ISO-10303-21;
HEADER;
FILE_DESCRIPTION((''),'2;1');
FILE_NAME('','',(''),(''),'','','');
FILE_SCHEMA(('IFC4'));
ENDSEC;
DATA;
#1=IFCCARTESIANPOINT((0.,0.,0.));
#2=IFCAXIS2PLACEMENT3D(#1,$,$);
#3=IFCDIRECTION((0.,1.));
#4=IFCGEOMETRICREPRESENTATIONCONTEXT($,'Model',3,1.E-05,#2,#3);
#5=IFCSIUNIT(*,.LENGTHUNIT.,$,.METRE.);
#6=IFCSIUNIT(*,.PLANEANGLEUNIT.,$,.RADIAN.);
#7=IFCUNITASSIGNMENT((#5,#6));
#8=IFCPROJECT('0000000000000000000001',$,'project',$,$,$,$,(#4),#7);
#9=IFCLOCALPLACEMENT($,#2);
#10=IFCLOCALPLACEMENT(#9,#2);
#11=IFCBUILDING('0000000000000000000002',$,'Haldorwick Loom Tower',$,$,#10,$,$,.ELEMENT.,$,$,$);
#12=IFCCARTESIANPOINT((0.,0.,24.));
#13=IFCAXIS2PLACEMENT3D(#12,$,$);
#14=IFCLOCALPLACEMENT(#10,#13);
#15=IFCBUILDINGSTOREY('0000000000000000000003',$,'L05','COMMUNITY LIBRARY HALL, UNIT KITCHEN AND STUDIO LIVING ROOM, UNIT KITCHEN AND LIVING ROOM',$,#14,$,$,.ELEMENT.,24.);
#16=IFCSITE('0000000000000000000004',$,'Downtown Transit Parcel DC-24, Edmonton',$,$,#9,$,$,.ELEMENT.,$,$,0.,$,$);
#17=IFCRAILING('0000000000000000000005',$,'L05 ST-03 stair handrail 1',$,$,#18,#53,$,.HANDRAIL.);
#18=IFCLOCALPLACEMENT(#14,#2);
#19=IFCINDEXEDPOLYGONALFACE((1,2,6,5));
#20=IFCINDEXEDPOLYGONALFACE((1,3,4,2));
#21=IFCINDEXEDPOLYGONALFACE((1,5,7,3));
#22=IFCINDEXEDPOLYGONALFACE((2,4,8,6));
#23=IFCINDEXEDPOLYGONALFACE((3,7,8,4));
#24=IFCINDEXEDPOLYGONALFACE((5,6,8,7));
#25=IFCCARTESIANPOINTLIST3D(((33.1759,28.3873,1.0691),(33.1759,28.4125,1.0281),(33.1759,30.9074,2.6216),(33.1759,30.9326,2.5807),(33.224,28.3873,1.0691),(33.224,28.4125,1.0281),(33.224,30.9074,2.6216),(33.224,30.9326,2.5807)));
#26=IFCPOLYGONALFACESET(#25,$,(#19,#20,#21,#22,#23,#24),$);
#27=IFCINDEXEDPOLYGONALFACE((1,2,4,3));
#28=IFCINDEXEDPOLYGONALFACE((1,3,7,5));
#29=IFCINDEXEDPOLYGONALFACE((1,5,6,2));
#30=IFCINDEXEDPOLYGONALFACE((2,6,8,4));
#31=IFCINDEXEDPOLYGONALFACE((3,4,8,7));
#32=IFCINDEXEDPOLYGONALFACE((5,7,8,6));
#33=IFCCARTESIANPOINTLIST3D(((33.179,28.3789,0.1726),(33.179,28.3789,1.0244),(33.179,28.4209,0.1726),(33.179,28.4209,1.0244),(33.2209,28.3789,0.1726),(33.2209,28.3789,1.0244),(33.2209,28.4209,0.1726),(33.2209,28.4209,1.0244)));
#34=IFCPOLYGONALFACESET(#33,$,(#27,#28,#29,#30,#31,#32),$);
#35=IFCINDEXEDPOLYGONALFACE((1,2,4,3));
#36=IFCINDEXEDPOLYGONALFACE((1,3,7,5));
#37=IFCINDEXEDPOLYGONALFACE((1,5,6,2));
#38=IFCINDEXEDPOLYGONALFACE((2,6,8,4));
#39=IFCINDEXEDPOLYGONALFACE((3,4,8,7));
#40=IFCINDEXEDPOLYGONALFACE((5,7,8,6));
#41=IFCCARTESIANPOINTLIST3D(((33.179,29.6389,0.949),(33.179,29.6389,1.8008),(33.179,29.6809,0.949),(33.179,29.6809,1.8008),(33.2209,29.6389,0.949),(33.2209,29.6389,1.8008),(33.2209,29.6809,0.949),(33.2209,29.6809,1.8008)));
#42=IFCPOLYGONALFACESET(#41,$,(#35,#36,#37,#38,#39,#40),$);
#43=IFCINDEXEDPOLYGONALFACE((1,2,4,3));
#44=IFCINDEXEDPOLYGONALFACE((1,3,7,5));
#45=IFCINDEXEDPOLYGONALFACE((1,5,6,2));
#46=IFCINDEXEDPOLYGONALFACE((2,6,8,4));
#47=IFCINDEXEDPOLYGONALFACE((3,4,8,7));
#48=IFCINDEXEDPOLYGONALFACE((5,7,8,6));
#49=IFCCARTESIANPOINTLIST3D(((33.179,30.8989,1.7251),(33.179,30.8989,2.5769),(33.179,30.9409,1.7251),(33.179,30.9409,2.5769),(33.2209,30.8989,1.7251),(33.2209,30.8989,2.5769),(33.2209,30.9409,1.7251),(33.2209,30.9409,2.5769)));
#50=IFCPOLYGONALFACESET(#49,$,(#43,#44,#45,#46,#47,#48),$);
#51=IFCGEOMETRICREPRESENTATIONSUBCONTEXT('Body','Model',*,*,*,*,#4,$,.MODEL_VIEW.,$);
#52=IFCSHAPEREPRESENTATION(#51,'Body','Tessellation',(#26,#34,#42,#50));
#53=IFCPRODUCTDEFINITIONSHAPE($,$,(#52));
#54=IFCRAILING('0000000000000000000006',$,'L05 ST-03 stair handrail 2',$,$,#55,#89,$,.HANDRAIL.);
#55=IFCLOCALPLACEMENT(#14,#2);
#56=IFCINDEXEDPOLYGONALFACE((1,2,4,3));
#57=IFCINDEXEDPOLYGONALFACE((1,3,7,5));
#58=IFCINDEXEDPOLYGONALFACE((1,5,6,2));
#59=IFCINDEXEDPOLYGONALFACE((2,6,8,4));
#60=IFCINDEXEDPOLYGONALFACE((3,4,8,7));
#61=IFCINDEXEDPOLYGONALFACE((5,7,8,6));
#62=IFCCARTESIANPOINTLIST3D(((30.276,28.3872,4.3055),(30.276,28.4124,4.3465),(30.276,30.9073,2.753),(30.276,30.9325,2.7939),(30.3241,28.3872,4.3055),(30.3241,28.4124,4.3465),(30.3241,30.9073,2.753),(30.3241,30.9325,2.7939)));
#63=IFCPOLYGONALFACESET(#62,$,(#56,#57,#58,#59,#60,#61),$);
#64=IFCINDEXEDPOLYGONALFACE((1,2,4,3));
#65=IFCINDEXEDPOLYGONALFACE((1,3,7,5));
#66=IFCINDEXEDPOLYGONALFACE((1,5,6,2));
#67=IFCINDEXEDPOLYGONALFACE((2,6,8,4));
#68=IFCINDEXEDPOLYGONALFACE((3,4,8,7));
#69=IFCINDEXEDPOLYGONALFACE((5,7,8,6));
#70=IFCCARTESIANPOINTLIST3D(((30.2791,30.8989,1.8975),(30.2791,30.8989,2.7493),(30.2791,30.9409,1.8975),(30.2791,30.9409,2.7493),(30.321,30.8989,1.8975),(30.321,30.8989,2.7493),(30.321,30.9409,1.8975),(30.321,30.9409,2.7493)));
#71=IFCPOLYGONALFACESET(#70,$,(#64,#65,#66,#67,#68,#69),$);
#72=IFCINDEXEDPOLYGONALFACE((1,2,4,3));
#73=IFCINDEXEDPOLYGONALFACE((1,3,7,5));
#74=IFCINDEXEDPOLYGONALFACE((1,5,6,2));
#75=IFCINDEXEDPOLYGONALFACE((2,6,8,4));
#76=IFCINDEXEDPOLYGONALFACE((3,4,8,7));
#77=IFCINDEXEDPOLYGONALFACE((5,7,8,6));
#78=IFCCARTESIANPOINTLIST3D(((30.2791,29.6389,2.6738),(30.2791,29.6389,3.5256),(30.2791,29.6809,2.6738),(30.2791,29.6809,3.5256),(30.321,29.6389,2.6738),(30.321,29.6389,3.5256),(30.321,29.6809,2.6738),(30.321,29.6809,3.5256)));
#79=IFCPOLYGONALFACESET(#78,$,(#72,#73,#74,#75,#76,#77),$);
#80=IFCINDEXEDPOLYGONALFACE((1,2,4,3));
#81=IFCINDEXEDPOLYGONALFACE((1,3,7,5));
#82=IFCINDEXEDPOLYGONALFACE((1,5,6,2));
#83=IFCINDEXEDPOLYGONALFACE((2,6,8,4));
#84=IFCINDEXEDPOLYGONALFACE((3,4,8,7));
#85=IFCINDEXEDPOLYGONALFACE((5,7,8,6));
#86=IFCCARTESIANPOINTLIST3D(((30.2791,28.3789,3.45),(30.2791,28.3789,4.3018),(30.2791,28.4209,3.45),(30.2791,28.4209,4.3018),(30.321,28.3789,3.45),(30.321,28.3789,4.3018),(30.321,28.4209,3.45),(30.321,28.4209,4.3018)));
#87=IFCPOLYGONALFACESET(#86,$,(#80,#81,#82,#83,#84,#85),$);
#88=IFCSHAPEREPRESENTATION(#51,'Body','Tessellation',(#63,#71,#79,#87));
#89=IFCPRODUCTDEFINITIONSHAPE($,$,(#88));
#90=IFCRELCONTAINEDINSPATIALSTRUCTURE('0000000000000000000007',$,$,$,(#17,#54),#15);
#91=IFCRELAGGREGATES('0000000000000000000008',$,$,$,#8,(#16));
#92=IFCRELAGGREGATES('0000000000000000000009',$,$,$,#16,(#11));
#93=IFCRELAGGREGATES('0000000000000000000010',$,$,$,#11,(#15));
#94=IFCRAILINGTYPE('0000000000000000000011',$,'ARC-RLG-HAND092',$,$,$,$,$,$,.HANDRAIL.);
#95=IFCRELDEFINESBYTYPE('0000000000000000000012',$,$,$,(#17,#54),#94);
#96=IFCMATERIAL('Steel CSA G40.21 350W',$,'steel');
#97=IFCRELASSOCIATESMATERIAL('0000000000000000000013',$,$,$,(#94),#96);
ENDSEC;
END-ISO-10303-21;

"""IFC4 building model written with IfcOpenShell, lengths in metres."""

from ifc_helpers import new_model, si_unit, direction, frame, origin, origin_2d, place, context, subcontext, project, spatial, rectangle, extrude, material, type_object, element, save


model = new_model("IFC4")

# Units and contexts
model_context = context("Model", 3, precision=1e-05, world=origin(), true_north=direction((0.0, 1.0)))
body_context = subcontext(model_context, "Body", "Model", "MODEL_VIEW")
ifc_project = project(units=[si_unit("LENGTHUNIT", "METRE"), si_unit("PLANEANGLEUNIT", "RADIAN")], contexts=[model_context])

# Site, building, storey
site_placement = place(None, origin())
site = spatial("IfcSite", under=ifc_project, at=site_placement, Name="Downtown Transit Parcel DC-24, Edmonton", CompositionType="ELEMENT", RefElevation=0.0)
building_placement = place(site_placement, origin())
building = spatial("IfcBuilding", under=site, at=building_placement, Name="Haldorwick Loom Tower", CompositionType="ELEMENT")
storey_placement = place(building_placement, frame((0.0, 0.0, 24.0)))
storey = spatial("IfcBuildingStorey", under=building, at=storey_placement, Name="L05", Description="COMMUNITY LIBRARY HALL, UNIT KITCHEN AND STUDIO LIVING ROOM, UNIT KITCHEN AND LIVING ROOM", CompositionType="ELEMENT", Elevation=24.0)

# Railings
ifc_material_1 = material(Name="Steel CSA G40.21 350W", Category="steel")
railing_type_1 = type_object("IfcRailingType", Name="ARC-RLG-HAND092", PredefinedType="HANDRAIL", material=ifc_material_1)
railing_1_placement = place(storey_placement, frame((33.2, 28.3999, 0.1726)))
element("IfcRailing", 1, at=railing_1_placement, inside=storey, type_object=railing_type_1, Name="L05 ST-03 stair handrail 1", PredefinedType="HANDRAIL", context=body_context, shape_type="SweptSolid", body=[
    extrude(rectangle(XDim=0.0481, YDim=0.0481, at=origin_2d()), frame((0.0, 0.0, 0.876), z_axis=(0.0, 0.8514, 0.524516), x_axis=(-1.0, 0.0, 0.0)), (0.0, 0.0, 1.0), 2.96),
    extrude(rectangle(XDim=0.042, YDim=0.042, at=origin_2d()), origin(), (0.0, 0.0, 1.0), 0.8518),
    extrude(rectangle(XDim=0.042, YDim=0.042, at=origin_2d()), frame((0.0, 1.26, 0.7764)), (0.0, 0.0, 1.0), 0.8518),
    extrude(rectangle(XDim=0.042, YDim=0.042, at=origin_2d()), frame((0.0, 2.52, 1.5525)), (0.0, 0.0, 1.0), 0.8518),
])
railing_2_placement = place(storey_placement, frame((30.3, 30.9199, 1.8975)))
element("IfcRailing", 2, at=railing_2_placement, inside=storey, type_object=railing_type_1, Name="L05 ST-03 stair handrail 2", PredefinedType="HANDRAIL", context=body_context, shape_type="SweptSolid", body=[
    extrude(rectangle(XDim=0.0481, YDim=0.0481, at=origin_2d()), frame((0.0, 0.0, 0.876), z_axis=(0.0, -0.8514, 0.524516), x_axis=(1.0, 0.0, 0.0)), (0.0, 0.0, 1.0), 2.96),
    extrude(rectangle(XDim=0.042, YDim=0.042, at=origin_2d()), origin(), (0.0, 0.0, 1.0), 0.8518),
    extrude(rectangle(XDim=0.042, YDim=0.042, at=origin_2d()), frame((0.0, -1.26, 0.7764)), (0.0, 0.0, 1.0), 0.8518),
    extrude(rectangle(XDim=0.042, YDim=0.042, at=origin_2d()), frame((0.0, -2.52, 1.5525)), (0.0, 0.0, 1.0), 0.8518),
])

save(model, "model.ifc")
